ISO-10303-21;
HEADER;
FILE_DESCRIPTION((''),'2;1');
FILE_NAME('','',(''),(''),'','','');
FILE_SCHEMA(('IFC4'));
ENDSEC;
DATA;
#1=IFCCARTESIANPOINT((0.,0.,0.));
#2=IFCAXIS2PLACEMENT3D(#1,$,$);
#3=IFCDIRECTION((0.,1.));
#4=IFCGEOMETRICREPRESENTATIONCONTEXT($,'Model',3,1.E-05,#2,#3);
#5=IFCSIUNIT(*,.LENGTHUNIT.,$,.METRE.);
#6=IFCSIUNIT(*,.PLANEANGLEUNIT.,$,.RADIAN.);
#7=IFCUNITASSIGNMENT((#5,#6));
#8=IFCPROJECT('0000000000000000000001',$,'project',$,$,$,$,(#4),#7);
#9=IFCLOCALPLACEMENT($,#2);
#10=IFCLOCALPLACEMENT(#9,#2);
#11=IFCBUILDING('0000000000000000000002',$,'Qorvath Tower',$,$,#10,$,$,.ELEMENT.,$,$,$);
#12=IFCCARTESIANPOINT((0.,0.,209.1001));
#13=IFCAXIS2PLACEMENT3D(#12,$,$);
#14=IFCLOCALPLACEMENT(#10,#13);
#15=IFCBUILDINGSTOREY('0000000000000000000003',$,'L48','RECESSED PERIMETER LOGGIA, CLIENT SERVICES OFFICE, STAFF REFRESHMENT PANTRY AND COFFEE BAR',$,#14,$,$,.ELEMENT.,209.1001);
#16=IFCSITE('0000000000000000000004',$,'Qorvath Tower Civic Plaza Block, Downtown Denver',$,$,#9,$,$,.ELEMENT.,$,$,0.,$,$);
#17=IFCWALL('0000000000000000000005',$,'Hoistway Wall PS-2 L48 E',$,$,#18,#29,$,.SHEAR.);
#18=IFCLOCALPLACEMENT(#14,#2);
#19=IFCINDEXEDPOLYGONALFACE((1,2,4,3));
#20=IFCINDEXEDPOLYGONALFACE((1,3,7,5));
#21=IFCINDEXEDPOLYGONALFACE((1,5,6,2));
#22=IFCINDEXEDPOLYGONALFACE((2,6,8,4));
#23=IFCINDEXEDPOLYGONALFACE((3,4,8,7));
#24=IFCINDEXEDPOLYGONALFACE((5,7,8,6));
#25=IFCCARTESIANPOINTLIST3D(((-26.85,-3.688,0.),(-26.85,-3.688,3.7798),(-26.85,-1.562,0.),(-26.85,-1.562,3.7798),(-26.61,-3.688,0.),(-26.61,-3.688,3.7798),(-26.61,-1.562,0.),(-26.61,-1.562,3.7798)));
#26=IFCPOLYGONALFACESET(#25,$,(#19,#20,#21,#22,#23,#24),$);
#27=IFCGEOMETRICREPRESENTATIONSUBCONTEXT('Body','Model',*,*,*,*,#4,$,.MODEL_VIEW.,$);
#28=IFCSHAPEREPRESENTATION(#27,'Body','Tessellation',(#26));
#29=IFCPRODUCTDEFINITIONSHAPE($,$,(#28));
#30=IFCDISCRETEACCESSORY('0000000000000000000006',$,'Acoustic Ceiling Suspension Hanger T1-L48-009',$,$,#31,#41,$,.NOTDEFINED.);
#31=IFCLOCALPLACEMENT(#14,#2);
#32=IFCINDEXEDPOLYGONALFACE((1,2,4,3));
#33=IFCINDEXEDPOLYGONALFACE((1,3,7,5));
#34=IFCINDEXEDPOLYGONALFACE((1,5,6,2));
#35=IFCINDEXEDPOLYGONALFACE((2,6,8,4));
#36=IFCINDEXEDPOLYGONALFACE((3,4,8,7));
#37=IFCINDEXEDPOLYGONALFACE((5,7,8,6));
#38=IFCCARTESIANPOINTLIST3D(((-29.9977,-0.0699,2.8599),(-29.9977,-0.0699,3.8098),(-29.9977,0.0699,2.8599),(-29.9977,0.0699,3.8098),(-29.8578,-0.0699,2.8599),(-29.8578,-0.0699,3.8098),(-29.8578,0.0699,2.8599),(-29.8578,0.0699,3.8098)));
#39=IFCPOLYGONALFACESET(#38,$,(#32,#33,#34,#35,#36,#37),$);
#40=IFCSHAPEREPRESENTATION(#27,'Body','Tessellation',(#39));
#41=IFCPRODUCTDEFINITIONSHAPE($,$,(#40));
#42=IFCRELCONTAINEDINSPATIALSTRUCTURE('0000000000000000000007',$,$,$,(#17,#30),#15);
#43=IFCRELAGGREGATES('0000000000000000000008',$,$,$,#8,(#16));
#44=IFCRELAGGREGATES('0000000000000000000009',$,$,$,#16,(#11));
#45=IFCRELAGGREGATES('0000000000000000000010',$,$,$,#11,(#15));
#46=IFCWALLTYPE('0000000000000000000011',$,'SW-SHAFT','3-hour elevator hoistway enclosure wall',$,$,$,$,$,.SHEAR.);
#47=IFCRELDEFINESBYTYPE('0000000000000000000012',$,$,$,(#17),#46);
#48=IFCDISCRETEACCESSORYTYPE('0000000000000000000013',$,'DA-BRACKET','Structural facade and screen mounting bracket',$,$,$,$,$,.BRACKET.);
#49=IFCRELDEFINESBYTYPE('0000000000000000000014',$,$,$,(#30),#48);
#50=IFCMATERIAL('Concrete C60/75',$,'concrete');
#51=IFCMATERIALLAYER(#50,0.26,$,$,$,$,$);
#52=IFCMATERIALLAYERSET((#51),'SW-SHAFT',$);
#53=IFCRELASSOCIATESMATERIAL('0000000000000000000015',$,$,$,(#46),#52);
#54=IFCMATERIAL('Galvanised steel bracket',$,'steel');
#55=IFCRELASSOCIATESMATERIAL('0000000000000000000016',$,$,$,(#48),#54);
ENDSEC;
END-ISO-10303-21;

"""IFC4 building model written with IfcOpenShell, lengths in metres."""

from ifc_helpers import new_model, si_unit, direction, frame, frame_2d, origin, origin_2d, place, context, subcontext, project, spatial, rectangle, extrude, material, layer, layer_set, type_object, element, save


model = new_model("IFC4")

# Units and contexts
model_context = context("Model", 3, precision=1e-05, world=origin(), true_north=direction((0.0, 1.0)))
body_context = subcontext(model_context, "Body", "Model", "MODEL_VIEW")
ifc_project = project(units=[si_unit("LENGTHUNIT", "METRE"), si_unit("PLANEANGLEUNIT", "RADIAN")], contexts=[model_context])

# Site, building, storey
site_placement = place(None, origin())
site = spatial("IfcSite", under=ifc_project, at=site_placement, Name="Qorvath Tower Civic Plaza Block, Downtown Denver", CompositionType="ELEMENT", RefElevation=0.0)
building_placement = place(site_placement, origin())
building = spatial("IfcBuilding", under=site, at=building_placement, Name="Qorvath Tower", CompositionType="ELEMENT")
storey_placement = place(building_placement, frame((0.0, 0.0, 209.1001)))
storey = spatial("IfcBuildingStorey", under=building, at=storey_placement, Name="L48", Description="RECESSED PERIMETER LOGGIA, CLIENT SERVICES OFFICE, STAFF REFRESHMENT PANTRY AND COFFEE BAR", CompositionType="ELEMENT", Elevation=209.1001)

# Shared definitions
ifc_material_1 = material(Name="Concrete C60/75", Category="concrete")
ifc_layer_1 = layer(ifc_material_1, 0.26)
ifc_layer_set_1 = layer_set([ifc_layer_1], Name="SW-SHAFT")
wall_type_1 = type_object("IfcWallType", Name="SW-SHAFT", Description="3-hour elevator hoistway enclosure wall", PredefinedType="SHEAR", material=ifc_layer_set_1)

# Wall
for number, where, z_axis, x_axis, name in (
    (1, (-26.73, -1.562, 0.0), (0.0, 0.0, 1.0), (0.0, -1.0, 0.0), "Hoistway Wall PS-2 L48 E"),
):
    element("IfcWall", number, at=place(storey_placement, frame(where, z_axis=z_axis, x_axis=x_axis)), inside=storey, type_object=wall_type_1, Name=name, PredefinedType="SHEAR", context=body_context, shape_type="SweptSolid", body=[
        extrude(rectangle(XDim=2.126, YDim=0.24, at=frame_2d((1.063, 0.0))), origin(), (0.0, 0.0, 1.0), 3.7798),
    ])

# Discrete accessory
ifc_material_2 = material(Name="Galvanised steel bracket", Category="steel")
discrete_accessory_type = type_object("IfcDiscreteAccessoryType", Name="DA-BRACKET", Description="Structural facade and screen mounting bracket", PredefinedType="BRACKET", material=ifc_material_2)
discrete_accessory_placement = place(storey_placement, frame((-29.9277, 0.0, 2.8599), z_axis=(0.0, 0.0, 1.0), x_axis=(1.0, 0.0, 0.0)))
element("IfcDiscreteAccessory", 2, at=discrete_accessory_placement, inside=storey, type_object=discrete_accessory_type, Name="Acoustic Ceiling Suspension Hanger T1-L48-009", PredefinedType="NOTDEFINED", context=body_context, shape_type="SweptSolid", body=[
    extrude(rectangle(XDim=0.1399, YDim=0.1399, at=origin_2d()), origin(), (0.0, 0.0, 1.0), 0.95),
])

save(model, "model.ifc")
